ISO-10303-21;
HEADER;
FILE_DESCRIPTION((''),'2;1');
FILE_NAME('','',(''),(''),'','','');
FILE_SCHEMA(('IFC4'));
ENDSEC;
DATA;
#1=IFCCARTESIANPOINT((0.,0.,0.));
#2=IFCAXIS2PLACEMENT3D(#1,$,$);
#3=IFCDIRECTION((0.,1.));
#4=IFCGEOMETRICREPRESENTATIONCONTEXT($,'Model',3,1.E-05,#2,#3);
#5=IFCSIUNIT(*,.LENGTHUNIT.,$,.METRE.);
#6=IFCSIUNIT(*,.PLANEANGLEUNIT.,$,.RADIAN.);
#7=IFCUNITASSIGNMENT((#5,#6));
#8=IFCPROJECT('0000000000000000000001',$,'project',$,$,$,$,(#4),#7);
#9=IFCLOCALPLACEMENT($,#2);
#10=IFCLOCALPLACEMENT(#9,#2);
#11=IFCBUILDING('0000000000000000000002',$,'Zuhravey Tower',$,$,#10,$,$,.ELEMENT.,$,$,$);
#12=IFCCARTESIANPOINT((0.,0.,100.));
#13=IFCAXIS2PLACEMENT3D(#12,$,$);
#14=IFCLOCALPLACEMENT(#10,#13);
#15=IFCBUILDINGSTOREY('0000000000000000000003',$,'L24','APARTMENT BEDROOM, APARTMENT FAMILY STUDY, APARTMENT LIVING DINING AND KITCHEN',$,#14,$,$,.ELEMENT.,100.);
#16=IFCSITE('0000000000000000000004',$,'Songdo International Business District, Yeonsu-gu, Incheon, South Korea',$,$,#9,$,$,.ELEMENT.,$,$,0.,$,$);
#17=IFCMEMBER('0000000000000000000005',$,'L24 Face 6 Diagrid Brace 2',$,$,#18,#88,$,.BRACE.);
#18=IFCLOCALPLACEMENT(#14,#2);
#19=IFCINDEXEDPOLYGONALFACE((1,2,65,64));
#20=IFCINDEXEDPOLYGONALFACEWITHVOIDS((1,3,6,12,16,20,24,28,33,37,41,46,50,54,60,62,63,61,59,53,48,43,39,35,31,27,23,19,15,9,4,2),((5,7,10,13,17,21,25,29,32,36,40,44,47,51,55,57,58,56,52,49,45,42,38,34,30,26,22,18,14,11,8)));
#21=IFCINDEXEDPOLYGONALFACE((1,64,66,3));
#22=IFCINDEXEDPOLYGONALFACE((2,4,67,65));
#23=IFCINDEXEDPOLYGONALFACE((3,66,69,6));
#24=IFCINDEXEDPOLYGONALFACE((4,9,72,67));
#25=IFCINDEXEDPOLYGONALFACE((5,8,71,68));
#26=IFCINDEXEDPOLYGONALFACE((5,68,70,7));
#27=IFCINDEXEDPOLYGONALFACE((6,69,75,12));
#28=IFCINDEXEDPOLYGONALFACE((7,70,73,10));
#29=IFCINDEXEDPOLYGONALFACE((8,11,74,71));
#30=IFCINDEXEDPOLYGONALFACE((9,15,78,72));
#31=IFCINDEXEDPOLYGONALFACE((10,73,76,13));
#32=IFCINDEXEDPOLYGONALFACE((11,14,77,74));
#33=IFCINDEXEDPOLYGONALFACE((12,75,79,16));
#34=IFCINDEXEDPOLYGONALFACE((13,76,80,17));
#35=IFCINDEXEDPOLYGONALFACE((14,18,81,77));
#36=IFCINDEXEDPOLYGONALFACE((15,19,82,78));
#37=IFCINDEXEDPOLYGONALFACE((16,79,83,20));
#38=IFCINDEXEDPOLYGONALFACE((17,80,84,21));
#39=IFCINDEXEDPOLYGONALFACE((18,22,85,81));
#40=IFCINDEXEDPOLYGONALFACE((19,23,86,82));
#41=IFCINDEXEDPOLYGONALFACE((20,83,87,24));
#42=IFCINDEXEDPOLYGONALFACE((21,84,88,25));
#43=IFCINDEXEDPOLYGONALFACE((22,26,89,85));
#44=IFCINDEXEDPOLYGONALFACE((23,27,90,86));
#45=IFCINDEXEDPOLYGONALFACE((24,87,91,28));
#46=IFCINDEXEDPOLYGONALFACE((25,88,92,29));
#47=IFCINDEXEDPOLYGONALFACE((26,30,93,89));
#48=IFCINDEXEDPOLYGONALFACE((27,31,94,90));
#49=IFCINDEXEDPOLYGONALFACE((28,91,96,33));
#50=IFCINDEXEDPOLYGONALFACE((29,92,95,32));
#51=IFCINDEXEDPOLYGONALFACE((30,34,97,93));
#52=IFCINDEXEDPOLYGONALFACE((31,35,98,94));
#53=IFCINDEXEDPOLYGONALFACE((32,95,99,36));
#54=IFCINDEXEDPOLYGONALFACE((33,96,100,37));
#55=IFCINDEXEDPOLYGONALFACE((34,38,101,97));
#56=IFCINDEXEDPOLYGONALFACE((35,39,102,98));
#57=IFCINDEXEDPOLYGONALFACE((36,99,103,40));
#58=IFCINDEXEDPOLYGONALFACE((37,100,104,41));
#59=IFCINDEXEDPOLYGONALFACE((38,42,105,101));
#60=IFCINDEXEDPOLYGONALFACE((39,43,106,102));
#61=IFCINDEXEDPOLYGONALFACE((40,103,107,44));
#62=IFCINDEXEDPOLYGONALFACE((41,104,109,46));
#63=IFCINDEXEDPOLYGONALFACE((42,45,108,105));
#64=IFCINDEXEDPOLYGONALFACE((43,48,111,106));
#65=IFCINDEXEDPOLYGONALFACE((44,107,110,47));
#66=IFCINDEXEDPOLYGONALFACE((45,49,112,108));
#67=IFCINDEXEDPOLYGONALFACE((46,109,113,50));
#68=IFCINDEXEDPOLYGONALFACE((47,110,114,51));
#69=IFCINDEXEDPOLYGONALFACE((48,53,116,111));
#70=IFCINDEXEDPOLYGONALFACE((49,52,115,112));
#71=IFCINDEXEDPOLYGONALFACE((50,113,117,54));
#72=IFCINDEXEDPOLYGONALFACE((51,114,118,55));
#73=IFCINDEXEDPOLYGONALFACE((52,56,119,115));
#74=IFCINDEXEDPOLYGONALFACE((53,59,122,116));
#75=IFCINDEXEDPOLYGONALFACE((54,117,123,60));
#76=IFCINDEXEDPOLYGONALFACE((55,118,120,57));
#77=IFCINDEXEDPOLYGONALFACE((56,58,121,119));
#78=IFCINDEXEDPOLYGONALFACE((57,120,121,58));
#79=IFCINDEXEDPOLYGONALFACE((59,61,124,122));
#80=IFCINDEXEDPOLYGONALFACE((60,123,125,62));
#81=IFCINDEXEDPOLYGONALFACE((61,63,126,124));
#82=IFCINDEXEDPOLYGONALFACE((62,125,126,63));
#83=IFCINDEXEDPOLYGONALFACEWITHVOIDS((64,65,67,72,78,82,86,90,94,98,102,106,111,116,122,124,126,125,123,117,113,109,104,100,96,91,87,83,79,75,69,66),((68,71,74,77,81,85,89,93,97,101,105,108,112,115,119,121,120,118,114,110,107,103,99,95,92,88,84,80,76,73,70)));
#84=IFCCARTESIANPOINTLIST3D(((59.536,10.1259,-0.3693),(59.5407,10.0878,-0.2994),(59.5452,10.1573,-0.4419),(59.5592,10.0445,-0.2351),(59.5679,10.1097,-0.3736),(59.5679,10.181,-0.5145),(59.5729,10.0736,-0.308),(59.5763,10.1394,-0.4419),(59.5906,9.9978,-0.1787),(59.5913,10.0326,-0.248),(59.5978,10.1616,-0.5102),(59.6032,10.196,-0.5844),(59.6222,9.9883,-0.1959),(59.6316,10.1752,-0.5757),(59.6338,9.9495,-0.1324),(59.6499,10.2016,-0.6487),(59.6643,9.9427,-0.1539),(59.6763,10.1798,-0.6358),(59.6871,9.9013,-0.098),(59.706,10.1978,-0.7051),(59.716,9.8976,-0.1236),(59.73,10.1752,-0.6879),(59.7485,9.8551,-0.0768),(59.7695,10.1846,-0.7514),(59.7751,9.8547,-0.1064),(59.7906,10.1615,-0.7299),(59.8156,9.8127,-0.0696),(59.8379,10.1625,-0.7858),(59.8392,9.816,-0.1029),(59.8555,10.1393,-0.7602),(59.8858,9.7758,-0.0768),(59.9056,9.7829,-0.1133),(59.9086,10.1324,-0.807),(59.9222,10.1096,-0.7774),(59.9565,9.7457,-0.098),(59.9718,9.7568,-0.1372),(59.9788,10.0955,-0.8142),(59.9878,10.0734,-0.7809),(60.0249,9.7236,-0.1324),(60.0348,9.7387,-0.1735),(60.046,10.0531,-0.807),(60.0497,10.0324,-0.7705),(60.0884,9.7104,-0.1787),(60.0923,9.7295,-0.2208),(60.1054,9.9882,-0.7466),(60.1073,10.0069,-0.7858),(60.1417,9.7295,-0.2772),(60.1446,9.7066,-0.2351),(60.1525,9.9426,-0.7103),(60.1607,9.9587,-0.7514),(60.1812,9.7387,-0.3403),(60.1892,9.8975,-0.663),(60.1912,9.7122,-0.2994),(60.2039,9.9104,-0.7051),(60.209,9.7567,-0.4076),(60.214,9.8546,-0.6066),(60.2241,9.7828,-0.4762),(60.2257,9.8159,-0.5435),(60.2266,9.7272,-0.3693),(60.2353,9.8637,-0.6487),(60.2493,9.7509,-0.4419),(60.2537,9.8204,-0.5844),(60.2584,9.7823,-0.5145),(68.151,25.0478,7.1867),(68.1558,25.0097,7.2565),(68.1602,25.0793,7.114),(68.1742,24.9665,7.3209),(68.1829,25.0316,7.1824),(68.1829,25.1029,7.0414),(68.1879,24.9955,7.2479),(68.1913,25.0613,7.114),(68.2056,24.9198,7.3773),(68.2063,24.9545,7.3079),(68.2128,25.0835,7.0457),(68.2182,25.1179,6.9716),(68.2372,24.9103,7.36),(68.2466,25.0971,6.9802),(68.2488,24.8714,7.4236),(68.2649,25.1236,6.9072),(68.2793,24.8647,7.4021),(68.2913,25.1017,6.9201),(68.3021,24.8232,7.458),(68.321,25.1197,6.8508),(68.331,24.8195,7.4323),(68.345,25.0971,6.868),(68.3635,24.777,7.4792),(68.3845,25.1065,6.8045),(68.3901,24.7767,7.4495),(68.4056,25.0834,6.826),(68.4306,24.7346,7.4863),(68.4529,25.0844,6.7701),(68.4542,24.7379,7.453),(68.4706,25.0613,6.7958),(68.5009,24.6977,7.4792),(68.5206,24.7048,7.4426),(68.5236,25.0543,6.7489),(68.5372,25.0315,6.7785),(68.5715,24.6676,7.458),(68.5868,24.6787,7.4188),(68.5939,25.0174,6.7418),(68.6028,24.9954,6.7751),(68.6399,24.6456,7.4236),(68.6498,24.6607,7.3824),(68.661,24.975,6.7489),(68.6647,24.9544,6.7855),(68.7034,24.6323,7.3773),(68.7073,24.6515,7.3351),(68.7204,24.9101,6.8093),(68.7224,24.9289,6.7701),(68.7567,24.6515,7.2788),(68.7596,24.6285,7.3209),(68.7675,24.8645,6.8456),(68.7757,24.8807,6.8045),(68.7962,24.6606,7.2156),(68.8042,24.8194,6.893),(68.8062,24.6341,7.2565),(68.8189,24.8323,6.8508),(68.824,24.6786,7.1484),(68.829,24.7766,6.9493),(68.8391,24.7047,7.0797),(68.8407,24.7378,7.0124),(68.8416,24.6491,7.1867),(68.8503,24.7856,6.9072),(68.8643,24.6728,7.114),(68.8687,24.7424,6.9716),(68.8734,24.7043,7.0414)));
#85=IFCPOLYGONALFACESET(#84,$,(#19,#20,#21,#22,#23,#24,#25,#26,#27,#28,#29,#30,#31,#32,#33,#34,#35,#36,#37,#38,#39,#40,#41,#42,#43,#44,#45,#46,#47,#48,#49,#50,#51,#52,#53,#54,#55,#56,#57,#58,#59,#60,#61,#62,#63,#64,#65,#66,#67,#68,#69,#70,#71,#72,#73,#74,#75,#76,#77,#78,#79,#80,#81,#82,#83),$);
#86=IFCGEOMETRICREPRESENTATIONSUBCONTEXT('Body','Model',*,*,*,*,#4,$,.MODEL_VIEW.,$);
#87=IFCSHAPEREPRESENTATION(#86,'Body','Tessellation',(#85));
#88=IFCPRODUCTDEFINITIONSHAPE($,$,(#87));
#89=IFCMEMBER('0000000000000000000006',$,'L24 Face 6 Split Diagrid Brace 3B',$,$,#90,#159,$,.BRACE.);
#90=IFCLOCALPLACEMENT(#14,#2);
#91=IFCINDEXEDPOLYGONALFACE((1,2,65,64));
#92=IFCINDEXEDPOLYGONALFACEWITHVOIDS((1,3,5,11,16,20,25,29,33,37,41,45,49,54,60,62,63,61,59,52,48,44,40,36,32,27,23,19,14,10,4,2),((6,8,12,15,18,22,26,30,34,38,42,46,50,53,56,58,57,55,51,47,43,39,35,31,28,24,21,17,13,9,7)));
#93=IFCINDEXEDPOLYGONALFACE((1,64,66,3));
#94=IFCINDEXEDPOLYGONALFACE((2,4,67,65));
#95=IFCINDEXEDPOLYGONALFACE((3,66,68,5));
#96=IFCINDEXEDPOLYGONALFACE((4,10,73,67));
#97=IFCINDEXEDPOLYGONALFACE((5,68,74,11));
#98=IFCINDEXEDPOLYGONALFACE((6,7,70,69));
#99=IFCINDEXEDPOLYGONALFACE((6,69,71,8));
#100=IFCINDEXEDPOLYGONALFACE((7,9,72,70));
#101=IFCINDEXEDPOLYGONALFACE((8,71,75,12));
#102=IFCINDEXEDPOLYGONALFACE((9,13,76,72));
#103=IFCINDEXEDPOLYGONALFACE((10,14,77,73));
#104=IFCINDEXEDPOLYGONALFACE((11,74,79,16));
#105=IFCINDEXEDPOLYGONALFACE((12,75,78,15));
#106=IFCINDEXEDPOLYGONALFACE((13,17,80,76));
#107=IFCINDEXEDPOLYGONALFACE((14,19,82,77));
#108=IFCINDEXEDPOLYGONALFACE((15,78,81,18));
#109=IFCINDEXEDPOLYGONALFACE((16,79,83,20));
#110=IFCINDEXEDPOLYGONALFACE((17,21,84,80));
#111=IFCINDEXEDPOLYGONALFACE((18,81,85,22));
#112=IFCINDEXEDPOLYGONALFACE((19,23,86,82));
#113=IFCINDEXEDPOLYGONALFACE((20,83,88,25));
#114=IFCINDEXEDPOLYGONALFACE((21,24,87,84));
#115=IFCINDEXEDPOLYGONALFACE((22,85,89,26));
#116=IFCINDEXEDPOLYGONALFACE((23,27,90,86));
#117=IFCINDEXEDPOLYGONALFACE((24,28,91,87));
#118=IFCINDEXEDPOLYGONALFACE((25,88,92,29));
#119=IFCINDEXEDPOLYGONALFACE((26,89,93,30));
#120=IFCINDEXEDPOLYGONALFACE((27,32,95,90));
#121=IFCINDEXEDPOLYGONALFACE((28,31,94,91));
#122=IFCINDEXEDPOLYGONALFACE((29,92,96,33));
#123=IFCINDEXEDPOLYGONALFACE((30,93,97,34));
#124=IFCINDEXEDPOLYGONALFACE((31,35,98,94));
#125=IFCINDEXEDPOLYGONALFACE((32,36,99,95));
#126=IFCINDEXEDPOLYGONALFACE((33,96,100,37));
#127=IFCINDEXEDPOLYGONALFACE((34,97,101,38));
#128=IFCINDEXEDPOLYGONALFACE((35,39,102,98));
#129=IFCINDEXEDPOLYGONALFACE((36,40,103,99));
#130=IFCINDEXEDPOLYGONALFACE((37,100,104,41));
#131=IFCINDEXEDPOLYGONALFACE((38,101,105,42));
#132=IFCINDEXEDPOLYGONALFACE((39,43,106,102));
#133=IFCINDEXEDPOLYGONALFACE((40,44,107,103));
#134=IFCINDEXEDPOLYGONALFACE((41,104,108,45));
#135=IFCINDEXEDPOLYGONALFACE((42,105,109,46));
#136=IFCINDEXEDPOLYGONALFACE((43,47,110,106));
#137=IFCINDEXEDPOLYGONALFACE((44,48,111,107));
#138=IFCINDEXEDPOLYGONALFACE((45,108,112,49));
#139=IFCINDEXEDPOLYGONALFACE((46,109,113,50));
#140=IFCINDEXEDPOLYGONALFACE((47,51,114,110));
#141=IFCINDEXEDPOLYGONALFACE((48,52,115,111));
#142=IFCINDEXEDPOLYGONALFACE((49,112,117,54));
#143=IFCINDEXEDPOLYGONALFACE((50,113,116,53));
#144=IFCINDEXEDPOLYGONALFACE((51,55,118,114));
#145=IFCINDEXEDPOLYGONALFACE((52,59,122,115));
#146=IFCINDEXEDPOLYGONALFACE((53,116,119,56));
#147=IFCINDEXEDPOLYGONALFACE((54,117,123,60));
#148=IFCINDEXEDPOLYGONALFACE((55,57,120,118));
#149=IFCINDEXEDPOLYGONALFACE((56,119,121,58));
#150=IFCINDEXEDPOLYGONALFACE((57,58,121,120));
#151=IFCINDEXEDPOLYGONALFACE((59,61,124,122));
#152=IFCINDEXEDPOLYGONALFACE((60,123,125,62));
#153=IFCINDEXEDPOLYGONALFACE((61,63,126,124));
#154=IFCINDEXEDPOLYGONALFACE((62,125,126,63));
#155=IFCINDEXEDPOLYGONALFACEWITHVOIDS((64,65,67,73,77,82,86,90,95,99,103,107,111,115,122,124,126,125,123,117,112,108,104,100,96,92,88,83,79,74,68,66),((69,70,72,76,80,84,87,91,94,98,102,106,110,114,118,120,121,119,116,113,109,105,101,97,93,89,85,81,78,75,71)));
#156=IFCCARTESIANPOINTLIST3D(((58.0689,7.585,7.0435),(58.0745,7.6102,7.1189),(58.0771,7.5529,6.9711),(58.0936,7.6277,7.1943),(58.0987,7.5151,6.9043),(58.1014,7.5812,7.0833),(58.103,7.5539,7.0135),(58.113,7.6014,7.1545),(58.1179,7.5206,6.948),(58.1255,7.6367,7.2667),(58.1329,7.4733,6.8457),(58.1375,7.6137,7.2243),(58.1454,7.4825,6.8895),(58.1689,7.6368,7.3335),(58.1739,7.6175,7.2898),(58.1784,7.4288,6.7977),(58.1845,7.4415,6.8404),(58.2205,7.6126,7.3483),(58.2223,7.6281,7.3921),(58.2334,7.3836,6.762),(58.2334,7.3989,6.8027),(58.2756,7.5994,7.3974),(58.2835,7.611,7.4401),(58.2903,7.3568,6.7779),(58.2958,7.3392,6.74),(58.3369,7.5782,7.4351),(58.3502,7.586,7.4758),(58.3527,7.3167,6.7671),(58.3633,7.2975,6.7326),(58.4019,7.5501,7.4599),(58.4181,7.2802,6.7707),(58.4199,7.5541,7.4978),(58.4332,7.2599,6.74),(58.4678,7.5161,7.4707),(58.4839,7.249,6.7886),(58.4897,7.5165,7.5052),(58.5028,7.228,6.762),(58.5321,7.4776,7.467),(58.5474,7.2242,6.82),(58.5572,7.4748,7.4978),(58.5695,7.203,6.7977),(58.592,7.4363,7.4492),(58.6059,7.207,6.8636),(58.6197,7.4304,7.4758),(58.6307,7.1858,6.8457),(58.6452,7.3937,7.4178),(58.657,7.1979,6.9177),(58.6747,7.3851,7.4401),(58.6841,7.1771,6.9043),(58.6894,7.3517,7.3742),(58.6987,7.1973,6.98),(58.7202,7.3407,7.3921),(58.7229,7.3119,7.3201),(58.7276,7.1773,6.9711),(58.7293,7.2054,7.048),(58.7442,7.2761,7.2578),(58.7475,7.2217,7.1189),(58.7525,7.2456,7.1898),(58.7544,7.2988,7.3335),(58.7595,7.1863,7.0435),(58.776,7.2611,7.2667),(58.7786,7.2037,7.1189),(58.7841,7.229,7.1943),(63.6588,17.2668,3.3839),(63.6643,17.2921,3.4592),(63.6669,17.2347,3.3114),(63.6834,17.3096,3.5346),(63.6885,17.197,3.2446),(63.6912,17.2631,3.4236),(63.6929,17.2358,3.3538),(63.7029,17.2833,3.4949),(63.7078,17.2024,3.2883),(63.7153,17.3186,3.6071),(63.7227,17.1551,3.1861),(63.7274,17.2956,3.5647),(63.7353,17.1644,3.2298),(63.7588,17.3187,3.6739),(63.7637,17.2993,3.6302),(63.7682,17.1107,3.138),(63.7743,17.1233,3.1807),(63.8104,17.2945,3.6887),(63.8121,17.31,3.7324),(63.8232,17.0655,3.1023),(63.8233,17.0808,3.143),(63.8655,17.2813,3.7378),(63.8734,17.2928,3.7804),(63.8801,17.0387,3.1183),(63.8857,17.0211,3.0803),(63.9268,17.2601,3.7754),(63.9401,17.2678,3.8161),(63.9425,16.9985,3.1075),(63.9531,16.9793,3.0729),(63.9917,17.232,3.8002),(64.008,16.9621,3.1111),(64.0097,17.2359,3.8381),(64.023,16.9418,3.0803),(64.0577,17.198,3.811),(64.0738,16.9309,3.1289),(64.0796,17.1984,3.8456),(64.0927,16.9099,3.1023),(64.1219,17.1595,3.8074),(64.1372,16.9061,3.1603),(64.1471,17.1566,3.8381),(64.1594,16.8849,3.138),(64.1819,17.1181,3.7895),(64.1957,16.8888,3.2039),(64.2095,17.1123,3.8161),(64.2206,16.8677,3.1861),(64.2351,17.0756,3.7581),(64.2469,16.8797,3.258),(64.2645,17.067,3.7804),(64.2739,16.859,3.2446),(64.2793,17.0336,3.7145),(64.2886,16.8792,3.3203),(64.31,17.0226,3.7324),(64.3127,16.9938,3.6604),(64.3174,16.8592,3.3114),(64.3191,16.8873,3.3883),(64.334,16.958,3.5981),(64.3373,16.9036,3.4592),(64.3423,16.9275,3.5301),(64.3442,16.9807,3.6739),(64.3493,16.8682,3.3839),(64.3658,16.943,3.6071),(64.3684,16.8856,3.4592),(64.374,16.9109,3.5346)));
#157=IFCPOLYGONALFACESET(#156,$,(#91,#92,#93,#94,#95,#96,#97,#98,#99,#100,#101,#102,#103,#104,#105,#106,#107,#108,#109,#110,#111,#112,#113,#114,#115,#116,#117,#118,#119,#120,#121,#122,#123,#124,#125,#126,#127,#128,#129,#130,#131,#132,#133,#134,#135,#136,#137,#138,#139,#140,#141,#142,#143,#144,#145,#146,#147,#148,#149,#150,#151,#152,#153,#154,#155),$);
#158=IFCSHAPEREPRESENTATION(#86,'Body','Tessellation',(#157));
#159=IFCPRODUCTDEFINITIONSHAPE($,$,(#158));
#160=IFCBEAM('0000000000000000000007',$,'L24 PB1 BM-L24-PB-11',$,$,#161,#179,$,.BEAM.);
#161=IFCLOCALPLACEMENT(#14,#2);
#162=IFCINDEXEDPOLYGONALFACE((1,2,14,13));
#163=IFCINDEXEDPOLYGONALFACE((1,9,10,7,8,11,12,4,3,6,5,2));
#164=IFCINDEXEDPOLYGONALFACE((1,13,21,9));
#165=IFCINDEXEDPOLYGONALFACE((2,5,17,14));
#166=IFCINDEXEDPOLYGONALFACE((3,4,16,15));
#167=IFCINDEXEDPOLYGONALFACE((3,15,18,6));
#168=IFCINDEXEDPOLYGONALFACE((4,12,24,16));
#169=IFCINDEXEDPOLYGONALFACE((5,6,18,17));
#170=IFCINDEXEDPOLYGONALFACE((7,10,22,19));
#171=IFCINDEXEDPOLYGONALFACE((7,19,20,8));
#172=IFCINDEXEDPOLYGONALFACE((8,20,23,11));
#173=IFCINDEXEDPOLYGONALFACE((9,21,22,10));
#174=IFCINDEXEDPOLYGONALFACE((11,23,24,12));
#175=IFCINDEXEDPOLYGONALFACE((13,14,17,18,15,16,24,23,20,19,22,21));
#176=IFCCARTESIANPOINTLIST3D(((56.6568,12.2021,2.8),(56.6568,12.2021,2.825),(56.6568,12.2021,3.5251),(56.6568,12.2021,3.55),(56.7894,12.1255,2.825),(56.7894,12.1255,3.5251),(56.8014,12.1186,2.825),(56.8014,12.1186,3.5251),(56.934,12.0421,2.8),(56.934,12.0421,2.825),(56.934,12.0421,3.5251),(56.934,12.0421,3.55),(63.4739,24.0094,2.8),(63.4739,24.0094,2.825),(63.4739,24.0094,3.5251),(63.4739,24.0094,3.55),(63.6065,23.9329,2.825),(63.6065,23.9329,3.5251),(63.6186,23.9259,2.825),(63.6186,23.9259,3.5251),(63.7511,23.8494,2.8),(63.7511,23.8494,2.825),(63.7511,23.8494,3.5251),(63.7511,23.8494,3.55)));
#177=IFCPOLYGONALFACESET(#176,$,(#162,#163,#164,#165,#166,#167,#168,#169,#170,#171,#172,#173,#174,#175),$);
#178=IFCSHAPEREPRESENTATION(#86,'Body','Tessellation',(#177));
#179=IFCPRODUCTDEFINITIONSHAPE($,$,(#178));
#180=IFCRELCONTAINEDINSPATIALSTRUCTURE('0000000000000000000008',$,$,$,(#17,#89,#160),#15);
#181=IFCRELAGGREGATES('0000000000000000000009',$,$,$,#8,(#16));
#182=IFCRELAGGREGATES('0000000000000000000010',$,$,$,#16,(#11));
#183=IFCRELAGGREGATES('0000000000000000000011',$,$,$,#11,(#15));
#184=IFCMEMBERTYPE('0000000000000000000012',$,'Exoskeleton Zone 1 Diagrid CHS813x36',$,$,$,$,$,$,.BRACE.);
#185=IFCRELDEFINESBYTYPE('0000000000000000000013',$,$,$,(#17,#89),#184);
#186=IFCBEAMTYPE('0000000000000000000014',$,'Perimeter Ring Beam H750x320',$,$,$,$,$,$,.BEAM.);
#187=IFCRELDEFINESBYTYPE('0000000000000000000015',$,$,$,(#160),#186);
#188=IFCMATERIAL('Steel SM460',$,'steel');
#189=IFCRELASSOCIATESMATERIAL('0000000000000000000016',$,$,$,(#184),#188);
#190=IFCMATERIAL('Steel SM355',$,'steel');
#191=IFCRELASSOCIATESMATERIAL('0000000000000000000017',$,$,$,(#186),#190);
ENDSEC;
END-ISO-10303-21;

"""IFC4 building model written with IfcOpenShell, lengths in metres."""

from ifc_helpers import new_model, si_unit, direction, frame, origin, origin_2d, place, context, subcontext, project, spatial, hollow_circle, i_section, extrude, material, material_profile, profile_set, type_object, element, save


model = new_model("IFC4")

# Units and contexts
model_context = context("Model", 3, precision=1e-05, world=origin(), true_north=direction((0.0, 1.0)))
body_context = subcontext(model_context, "Body", "Model", "MODEL_VIEW")
ifc_project = project(units=[si_unit("LENGTHUNIT", "METRE"), si_unit("PLANEANGLEUNIT", "RADIAN")], contexts=[model_context])

# Site, building, storey
site_placement = place(None, origin())
site = spatial("IfcSite", under=ifc_project, at=site_placement, Name="Songdo International Business District, Yeonsu-gu, Incheon, South Korea", CompositionType="ELEMENT", RefElevation=0.0)
building_placement = place(site_placement, origin())
building = spatial("IfcBuilding", under=site, at=building_placement, Name="Zuhravey Tower", CompositionType="ELEMENT")
storey_placement = place(building_placement, frame((0.0, 0.0, 100.0)))
storey = spatial("IfcBuildingStorey", under=building, at=storey_placement, Name="L24", Description="APARTMENT BEDROOM, APARTMENT FAMILY STUDY, APARTMENT LIVING DINING AND KITCHEN", CompositionType="ELEMENT", Elevation=100.0)

# Members
ifc_material_1 = material(Name="Steel SM355", Category="steel")
ifc_material_2 = material(Name="Steel SM460", Category="steel")
ifc_material_profile_1 = material_profile(ifc_material_2, hollow_circle(Radius=0.4065, WallThickness=0.0359, at=origin_2d()), Name="CHS-812.8x36")
ifc_profile_set_1 = profile_set([ifc_material_profile_1], Name="Steel SM460")
member_type_1 = type_object("IfcMemberType", Name="Exoskeleton Zone 1 Diagrid CHS813x36", PredefinedType="BRACE", material=ifc_profile_set_1)
member_1_placement = place(storey_placement, frame((59.8972, 9.9541, -0.4419), z_axis=(0.4579, 0.79312, 0.401608), x_axis=(-0.866029, 0.499993, 0.0)))
element("IfcMember", 1, at=member_1_placement, inside=storey, type_object=member_type_1, Name="L24 Face 6 Diagrid Brace 2", PredefinedType="BRACE", context=body_context, shape_type="SweptSolid", body=[
    extrude(hollow_circle(Radius=0.4065, WallThickness=0.0359, at=origin_2d()), origin(), (0.0, 0.0, 1.0), 18.8142),
])
member_2_placement = place(storey_placement, frame((64.0164, 17.0889, 3.4592), z_axis=(-0.475188, -0.823049, 0.311105), x_axis=(0.866025, -0.5, 0.0)))
element("IfcMember", 2, at=member_2_placement, inside=storey, type_object=member_type_1, Name="L24 Face 6 Split Diagrid Brace 3B", PredefinedType="BRACE", context=body_context, shape_type="SweptSolid", body=[
    extrude(hollow_circle(Radius=0.4065, WallThickness=0.0359, at=origin_2d()), origin(), (0.0, 0.0, 1.0), 11.7634),
])

# Beam
ifc_material_profile_2 = material_profile(ifc_material_1, i_section(OverallWidth=0.3201, OverallDepth=0.75, WebThickness=0.0139, FlangeThickness=0.0249, at=origin_2d()), Name="H-750x320x14x25")
ifc_profile_set_2 = profile_set([ifc_material_profile_2], Name="Steel SM355")
beam_type_1 = type_object("IfcBeamType", Name="Perimeter Ring Beam H750x320", PredefinedType="BEAM", material=ifc_profile_set_2)
beam_1_placement = place(storey_placement, frame((56.7954, 12.1221, 3.175), z_axis=(0.500008, 0.866021, 0.0), x_axis=(-0.866021, 0.500008, 0.0)))
element("IfcBeam", 3, at=beam_1_placement, inside=storey, type_object=beam_type_1, Name="L24 PB1 BM-L24-PB-11", PredefinedType="BEAM", context=body_context, shape_type="SweptSolid", body=[
    extrude(i_section(OverallWidth=0.3201, OverallDepth=0.75, WebThickness=0.0139, FlangeThickness=0.0249, at=origin_2d()), origin(), (0.0, 0.0, 1.0), 13.634),
])

save(model, "model.ifc")
